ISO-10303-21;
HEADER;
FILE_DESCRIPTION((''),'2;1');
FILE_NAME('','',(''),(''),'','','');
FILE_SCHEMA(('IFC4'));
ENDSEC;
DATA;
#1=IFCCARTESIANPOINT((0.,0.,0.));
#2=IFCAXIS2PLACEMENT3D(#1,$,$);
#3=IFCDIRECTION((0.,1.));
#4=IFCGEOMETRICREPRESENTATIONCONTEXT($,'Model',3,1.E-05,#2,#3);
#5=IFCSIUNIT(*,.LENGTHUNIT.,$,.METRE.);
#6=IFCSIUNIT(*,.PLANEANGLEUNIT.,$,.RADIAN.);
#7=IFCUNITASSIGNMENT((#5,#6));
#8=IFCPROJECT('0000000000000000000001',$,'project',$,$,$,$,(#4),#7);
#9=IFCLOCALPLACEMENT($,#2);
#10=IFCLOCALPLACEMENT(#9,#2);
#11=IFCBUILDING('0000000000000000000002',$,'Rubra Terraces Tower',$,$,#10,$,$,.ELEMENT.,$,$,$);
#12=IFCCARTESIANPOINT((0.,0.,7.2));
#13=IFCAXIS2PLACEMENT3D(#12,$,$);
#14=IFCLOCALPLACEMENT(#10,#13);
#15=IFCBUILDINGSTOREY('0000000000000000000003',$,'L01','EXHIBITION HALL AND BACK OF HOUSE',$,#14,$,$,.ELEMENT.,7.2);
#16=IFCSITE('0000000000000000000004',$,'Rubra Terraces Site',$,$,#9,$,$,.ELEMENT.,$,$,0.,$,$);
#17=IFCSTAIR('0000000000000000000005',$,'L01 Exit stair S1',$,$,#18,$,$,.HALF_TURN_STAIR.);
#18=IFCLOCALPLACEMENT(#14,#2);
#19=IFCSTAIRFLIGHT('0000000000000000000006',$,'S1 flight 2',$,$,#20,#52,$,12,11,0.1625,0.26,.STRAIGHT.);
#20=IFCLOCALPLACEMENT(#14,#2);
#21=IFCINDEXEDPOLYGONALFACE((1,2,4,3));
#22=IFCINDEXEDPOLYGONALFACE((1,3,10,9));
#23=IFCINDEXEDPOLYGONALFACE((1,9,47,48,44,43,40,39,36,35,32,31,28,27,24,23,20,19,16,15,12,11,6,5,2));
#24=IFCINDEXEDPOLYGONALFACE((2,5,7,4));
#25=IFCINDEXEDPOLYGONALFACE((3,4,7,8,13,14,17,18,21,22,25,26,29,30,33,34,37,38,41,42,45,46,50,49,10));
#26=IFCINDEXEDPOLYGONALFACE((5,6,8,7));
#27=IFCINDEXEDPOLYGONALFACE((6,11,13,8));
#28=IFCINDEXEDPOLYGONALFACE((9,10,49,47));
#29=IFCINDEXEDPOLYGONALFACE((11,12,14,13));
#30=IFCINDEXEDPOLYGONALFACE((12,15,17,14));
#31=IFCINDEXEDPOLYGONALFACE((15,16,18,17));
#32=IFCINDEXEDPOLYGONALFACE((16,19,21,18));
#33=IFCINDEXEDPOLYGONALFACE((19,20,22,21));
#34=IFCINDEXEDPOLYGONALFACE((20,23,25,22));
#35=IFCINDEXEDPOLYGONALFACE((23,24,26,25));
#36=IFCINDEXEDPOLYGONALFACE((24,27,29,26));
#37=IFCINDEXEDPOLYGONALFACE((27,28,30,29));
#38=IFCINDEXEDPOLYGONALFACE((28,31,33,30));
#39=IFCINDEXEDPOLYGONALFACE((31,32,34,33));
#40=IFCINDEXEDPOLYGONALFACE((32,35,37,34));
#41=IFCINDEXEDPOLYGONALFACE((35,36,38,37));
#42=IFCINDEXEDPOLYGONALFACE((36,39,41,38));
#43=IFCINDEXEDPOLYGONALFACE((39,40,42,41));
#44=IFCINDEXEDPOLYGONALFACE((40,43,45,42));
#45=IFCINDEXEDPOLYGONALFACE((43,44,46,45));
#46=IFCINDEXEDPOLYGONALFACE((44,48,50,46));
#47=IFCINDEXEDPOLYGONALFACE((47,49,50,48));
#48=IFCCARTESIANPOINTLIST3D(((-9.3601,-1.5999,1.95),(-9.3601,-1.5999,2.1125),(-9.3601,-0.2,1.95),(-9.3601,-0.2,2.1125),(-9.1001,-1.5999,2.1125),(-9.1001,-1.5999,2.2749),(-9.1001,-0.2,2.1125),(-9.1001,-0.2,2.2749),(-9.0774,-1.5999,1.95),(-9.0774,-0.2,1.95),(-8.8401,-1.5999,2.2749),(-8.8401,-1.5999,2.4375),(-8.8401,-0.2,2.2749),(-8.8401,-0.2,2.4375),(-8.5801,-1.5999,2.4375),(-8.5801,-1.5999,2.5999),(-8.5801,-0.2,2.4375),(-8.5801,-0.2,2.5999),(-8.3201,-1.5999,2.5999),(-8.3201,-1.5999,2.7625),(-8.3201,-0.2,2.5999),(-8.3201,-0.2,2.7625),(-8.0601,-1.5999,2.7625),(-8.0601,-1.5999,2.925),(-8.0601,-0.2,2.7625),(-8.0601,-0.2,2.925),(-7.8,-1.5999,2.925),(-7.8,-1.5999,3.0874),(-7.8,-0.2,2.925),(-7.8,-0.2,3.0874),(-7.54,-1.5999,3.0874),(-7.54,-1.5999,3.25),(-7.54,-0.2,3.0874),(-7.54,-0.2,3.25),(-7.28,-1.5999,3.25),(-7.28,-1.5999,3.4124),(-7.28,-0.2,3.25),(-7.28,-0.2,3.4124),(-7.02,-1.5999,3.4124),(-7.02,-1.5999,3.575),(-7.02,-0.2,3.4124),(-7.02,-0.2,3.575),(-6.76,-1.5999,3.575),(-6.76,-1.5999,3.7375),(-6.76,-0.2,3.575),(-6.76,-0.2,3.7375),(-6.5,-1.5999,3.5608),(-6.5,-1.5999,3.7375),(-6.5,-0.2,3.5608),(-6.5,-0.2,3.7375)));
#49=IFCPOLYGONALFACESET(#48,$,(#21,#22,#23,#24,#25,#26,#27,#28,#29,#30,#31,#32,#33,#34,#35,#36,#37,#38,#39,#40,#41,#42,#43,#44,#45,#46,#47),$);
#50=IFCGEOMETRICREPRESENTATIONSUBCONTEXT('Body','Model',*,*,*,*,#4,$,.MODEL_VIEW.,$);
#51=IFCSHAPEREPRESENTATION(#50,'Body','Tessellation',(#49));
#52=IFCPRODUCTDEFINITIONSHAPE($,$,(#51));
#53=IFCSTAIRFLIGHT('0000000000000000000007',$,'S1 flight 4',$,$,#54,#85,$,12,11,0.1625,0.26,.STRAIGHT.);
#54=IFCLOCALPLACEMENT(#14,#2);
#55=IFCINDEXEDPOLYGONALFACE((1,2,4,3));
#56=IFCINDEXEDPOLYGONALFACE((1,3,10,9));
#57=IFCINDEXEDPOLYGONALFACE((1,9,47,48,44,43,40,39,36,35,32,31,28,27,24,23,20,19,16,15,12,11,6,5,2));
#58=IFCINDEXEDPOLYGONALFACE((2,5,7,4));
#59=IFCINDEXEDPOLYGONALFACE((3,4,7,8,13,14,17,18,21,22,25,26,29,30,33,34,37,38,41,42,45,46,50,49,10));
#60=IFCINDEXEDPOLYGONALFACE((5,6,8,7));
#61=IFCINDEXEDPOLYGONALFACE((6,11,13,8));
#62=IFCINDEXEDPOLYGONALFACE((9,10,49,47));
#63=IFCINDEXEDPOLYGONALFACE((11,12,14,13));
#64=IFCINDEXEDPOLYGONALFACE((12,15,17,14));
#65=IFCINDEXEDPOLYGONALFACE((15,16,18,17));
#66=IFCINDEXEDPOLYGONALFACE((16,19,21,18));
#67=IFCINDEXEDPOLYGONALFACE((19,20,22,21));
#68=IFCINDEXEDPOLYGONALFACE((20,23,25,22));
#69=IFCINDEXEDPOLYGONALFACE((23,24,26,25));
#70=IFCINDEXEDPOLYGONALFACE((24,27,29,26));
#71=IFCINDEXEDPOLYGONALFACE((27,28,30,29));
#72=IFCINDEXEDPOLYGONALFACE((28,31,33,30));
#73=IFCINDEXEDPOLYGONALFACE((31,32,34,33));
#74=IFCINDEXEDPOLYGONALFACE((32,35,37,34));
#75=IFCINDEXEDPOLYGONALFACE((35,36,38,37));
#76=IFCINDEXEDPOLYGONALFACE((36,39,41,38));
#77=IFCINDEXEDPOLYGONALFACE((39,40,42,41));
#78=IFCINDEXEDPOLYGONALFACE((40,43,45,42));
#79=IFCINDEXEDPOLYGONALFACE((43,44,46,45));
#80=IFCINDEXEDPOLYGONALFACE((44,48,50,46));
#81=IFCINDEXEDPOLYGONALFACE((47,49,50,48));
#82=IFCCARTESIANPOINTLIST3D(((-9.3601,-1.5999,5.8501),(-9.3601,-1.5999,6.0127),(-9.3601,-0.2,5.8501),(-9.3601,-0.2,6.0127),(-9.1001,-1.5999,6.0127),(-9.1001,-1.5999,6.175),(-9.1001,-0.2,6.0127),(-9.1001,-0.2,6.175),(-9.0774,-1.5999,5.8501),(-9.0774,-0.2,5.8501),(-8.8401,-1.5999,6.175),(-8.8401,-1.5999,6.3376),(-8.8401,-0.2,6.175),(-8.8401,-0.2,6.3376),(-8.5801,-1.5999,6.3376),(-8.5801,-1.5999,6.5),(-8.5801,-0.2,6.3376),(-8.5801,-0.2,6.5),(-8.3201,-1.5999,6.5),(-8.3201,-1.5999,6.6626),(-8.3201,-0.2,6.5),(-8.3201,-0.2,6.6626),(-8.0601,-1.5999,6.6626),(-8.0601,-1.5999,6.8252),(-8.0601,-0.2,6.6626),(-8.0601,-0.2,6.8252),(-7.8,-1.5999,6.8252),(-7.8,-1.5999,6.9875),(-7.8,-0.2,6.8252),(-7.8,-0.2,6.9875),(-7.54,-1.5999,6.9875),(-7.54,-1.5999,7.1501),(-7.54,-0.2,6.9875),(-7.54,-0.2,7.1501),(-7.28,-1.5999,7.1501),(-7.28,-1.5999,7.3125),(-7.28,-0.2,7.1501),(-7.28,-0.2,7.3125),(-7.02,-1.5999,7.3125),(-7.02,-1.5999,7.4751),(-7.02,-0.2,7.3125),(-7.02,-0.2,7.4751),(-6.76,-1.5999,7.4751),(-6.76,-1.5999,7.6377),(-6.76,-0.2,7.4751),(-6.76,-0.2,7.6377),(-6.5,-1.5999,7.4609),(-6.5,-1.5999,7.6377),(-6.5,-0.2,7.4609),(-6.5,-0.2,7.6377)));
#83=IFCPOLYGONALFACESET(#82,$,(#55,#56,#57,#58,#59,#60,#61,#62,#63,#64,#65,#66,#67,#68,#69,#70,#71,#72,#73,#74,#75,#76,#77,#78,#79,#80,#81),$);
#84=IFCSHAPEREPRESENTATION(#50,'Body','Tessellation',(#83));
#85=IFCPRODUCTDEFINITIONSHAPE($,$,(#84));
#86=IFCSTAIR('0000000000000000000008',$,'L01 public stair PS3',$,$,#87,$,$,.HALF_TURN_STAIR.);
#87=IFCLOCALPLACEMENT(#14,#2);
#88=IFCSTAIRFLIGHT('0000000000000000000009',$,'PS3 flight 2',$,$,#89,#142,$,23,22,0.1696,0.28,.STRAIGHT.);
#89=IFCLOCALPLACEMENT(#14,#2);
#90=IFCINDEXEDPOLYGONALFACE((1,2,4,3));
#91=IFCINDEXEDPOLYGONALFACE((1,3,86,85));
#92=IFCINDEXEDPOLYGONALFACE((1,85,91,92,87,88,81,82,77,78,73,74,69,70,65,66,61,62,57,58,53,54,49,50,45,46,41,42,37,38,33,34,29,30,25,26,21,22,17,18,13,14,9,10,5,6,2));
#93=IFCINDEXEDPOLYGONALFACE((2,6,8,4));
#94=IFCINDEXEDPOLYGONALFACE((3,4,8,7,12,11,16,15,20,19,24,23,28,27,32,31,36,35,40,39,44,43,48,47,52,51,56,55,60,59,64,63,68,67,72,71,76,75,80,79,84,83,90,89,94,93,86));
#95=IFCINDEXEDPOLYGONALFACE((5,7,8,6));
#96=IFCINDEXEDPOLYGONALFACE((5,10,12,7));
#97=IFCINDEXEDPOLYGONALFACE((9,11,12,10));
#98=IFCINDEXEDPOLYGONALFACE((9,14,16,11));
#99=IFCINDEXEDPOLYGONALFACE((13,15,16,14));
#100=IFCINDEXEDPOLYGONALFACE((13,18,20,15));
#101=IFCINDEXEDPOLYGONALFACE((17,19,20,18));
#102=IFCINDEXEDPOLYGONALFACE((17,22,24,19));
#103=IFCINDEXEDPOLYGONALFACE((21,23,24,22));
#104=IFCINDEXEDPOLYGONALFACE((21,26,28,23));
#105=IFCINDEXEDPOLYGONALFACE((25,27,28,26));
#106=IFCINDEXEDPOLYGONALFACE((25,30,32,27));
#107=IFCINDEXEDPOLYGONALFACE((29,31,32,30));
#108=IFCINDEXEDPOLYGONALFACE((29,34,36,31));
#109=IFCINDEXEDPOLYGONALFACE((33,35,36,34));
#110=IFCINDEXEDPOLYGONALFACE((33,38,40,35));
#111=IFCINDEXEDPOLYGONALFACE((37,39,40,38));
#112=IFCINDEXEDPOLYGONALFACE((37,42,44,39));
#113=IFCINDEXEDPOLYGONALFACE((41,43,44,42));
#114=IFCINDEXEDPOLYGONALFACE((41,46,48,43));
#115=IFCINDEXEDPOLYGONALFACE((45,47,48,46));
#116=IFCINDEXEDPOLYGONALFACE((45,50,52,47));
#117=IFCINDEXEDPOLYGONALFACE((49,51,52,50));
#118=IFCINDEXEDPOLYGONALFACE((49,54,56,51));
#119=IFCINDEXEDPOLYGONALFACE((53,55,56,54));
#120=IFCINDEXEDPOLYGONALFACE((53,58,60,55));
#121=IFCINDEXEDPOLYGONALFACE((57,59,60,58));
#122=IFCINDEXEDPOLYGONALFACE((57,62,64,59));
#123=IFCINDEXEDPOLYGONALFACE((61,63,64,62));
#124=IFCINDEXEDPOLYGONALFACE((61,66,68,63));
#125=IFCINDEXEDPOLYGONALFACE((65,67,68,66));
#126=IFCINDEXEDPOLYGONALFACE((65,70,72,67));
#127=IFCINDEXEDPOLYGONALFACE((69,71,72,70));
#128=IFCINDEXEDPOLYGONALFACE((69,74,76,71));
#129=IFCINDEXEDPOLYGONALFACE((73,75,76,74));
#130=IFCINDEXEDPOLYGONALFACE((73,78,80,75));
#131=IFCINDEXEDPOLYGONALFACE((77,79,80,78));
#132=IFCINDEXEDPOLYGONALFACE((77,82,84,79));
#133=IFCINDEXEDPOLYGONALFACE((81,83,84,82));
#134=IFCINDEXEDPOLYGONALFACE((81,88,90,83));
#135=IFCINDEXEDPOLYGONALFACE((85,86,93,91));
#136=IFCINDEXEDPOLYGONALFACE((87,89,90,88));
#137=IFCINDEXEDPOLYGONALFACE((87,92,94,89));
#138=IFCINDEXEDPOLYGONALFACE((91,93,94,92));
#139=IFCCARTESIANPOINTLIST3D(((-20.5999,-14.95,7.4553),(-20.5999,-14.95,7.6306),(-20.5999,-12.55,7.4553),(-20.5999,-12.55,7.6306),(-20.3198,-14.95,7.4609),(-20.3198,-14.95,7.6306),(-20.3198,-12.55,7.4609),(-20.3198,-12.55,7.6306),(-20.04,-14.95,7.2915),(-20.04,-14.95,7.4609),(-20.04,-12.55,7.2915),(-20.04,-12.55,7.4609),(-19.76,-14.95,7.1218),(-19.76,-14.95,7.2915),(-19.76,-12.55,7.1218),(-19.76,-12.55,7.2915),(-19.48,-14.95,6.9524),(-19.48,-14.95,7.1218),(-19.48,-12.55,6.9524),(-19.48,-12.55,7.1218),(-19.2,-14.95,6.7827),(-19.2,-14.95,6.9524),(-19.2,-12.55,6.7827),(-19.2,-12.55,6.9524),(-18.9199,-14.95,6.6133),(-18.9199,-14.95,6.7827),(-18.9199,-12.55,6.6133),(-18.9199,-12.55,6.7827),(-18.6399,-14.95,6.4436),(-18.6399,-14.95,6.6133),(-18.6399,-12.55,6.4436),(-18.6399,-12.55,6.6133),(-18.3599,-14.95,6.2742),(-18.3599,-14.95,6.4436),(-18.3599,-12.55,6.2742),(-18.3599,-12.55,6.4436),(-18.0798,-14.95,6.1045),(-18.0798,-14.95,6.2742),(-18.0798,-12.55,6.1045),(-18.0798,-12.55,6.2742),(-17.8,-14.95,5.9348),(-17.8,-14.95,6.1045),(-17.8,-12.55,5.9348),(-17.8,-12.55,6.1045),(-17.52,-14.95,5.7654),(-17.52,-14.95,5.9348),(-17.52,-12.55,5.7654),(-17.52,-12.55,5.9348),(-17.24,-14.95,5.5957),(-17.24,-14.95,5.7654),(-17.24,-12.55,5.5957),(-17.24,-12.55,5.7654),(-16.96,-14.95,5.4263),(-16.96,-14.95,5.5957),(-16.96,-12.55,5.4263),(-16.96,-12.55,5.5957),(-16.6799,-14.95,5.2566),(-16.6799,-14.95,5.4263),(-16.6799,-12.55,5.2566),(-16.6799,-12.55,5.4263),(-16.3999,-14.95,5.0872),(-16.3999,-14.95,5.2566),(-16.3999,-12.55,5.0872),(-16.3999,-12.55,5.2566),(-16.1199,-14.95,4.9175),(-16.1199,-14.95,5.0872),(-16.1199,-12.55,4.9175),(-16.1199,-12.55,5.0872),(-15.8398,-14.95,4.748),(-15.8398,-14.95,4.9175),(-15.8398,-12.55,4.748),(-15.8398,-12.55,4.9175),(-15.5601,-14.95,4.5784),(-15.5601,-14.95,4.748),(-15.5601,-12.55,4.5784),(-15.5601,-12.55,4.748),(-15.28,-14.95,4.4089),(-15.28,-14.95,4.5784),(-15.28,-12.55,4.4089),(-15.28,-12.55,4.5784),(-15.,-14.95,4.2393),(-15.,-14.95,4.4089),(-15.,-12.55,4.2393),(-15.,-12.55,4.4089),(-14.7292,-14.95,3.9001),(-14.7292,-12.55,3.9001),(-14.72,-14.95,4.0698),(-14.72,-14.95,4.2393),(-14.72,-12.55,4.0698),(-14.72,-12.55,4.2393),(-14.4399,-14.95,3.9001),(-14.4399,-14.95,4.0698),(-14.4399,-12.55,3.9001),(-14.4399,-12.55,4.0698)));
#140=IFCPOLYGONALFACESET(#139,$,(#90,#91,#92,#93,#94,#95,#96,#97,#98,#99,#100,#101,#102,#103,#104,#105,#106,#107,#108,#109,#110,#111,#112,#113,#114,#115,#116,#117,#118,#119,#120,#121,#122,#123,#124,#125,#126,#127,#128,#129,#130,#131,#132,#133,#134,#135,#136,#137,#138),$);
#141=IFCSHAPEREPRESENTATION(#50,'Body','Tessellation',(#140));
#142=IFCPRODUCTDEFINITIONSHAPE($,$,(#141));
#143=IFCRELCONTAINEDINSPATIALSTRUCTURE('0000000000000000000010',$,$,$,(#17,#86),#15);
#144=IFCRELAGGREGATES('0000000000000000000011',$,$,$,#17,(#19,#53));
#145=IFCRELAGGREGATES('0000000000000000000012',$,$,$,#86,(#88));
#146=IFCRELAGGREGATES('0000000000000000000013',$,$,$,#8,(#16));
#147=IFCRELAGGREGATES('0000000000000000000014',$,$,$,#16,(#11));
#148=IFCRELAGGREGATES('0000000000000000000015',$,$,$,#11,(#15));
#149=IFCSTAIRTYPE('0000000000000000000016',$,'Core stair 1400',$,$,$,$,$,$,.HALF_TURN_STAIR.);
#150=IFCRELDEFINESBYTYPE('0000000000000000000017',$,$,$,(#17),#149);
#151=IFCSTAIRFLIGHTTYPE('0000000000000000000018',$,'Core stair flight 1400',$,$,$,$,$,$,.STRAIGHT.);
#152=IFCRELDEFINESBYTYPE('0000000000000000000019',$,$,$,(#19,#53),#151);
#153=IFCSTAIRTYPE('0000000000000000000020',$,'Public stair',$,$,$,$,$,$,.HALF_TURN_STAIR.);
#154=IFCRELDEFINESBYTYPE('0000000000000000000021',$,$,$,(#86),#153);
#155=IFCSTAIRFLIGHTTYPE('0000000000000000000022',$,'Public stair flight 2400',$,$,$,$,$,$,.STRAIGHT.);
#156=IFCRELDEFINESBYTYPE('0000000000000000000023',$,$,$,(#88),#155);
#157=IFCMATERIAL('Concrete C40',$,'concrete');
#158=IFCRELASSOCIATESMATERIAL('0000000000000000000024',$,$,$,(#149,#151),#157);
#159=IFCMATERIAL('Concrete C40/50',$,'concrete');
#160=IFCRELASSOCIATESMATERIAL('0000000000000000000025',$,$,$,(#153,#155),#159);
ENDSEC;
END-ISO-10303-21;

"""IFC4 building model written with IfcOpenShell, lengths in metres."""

from ifc_helpers import new_model, si_unit, direction, frame, origin, place, context, subcontext, project, spatial, polyline, outline, extrude, material, type_object, element, aggregate, save


model = new_model("IFC4")

# Units and contexts
model_context = context("Model", 3, precision=1e-05, world=origin(), true_north=direction((0.0, 1.0)))
body_context = subcontext(model_context, "Body", "Model", "MODEL_VIEW")
ifc_project = project(units=[si_unit("LENGTHUNIT", "METRE"), si_unit("PLANEANGLEUNIT", "RADIAN")], contexts=[model_context])

# Site, building, storey
site_placement = place(None, origin())
site = spatial("IfcSite", under=ifc_project, at=site_placement, Name="Rubra Terraces Site", CompositionType="ELEMENT", RefElevation=0.0)
building_placement = place(site_placement, origin())
building = spatial("IfcBuilding", under=site, at=building_placement, Name="Rubra Terraces Tower", CompositionType="ELEMENT")
storey_placement = place(building_placement, frame((0.0, 0.0, 7.2)))
storey = spatial("IfcBuildingStorey", under=building, at=storey_placement, Name="L01", Description="EXHIBITION HALL AND BACK OF HOUSE", CompositionType="ELEMENT", Elevation=7.2)

# Shared definitions
ifc_material_1 = material(Name="Concrete C40", Category="concrete")

# Shared definitions
ifc_material_2 = material(Name="Concrete C40/50", Category="concrete")

# Stair, stair flights
stair_type_1 = type_object("IfcStairType", Name="Core stair 1400", PredefinedType="HALF_TURN_STAIR", material=ifc_material_1)
stair_1_placement = place(storey_placement, origin())
stair_1 = element("IfcStair", 1, at=stair_1_placement, inside=storey, type_object=stair_type_1, Name="L01 Exit stair S1", PredefinedType="HALF_TURN_STAIR")
stair_flight_type_1 = type_object("IfcStairFlightType", Name="Core stair flight 1400", PredefinedType="STRAIGHT", material=ifc_material_1)
stair_flight_1_placement = place(storey_placement, frame((-9.3601, -0.8999, 1.95), z_axis=(0.0, 0.0, 1.0), x_axis=(1.0, 0.0, 0.0)))
stair_flight_1 = element("IfcStairFlight", 2, at=stair_flight_1_placement, type_object=stair_flight_type_1, Name="S1 flight 2", NumberOfRisers=12, NumberOfTreads=11, PredefinedType="STRAIGHT", RiserHeight=0.1625, TreadLength=0.26, context=body_context, shape_type="SweptSolid", body=[
    extrude(outline(polyline([(0.0, 0.0), (0.0, 0.1626), (0.26, 0.1626), (0.26, 0.325), (0.52, 0.325), (0.52, 0.4875), (0.78, 0.4875), (0.78, 0.6499), (1.04, 0.6499), (1.04, 0.8125), (1.3, 0.8125), (1.3, 0.9751), (1.5601, 0.9751), (1.5601, 1.1375), (1.8201, 1.1375), (1.8201, 1.3), (2.0801, 1.3), (2.0801, 1.4624), (2.3401, 1.4624), (2.3401, 1.625), (2.6001, 1.625), (2.6001, 1.7876), (2.8601, 1.7876), (2.8601, 1.95), (2.8601, 1.6108), (0.2827, 0.0), (0.0, 0.0)])), frame((0.0, 0.7, 0.0), z_axis=(0.0, -1.0, 0.0), x_axis=(1.0, 0.0, 0.0)), (0.0, 0.0, 1.0), 1.3999),
])
stair_flight_2_placement = place(storey_placement, frame((-9.3601, -0.8999, 5.8501), z_axis=(0.0, 0.0, 1.0), x_axis=(1.0, 0.0, 0.0)))
stair_flight_2 = element("IfcStairFlight", 3, at=stair_flight_2_placement, type_object=stair_flight_type_1, Name="S1 flight 4", NumberOfRisers=12, NumberOfTreads=11, PredefinedType="STRAIGHT", RiserHeight=0.1625, TreadLength=0.26, context=body_context, shape_type="SweptSolid", body=[
    extrude(outline(polyline([(0.0, 0.0), (0.0, 0.1626), (0.26, 0.1626), (0.26, 0.325), (0.52, 0.325), (0.52, 0.4875), (0.78, 0.4875), (0.78, 0.6499), (1.04, 0.6499), (1.04, 0.8125), (1.3, 0.8125), (1.3, 0.9751), (1.5601, 0.9751), (1.5601, 1.1375), (1.8201, 1.1375), (1.8201, 1.3), (2.0801, 1.3), (2.0801, 1.4624), (2.3401, 1.4624), (2.3401, 1.625), (2.6001, 1.625), (2.6001, 1.7876), (2.8601, 1.7876), (2.8601, 1.95), (2.8601, 1.6108), (0.2827, 0.0), (0.0, 0.0)])), frame((0.0, 0.7, 0.0), z_axis=(0.0, -1.0, 0.0), x_axis=(1.0, 0.0, 0.0)), (0.0, 0.0, 1.0), 1.3999),
])
aggregate(stair_1, [stair_flight_1, stair_flight_2])

# Stair, stair flight
stair_type_2 = type_object("IfcStairType", Name="Public stair", PredefinedType="HALF_TURN_STAIR", material=ifc_material_2)
stair_2_placement = place(storey_placement, origin())
stair_2 = element("IfcStair", 4, at=stair_2_placement, inside=storey, type_object=stair_type_2, Name="L01 public stair PS3", PredefinedType="HALF_TURN_STAIR")
stair_flight_type_2 = type_object("IfcStairFlightType", Name="Public stair flight 2400", PredefinedType="STRAIGHT", material=ifc_material_2)
stair_flight_3_placement = place(storey_placement, frame((-14.4399, -13.75, 3.9001), z_axis=(0.0, 0.0, 1.0), x_axis=(-1.0, 0.0, 0.0)))
stair_flight_3 = element("IfcStairFlight", 5, at=stair_flight_3_placement, type_object=stair_flight_type_2, Name="PS3 flight 2", NumberOfRisers=23, NumberOfTreads=22, PredefinedType="STRAIGHT", RiserHeight=0.1696, TreadLength=0.28, context=body_context, shape_type="SweptSolid", body=[
    extrude(outline(polyline([(0.0, 0.0), (0.0, 0.1697), (0.28, 0.1697), (0.28, 0.3391), (0.5601, 0.3391), (0.5601, 0.5088), (0.8401, 0.5088), (0.8401, 0.6782), (1.1201, 0.6782), (1.1201, 0.8479), (1.3999, 0.8479), (1.3999, 1.0173), (1.6799, 1.0173), (1.6799, 1.187), (1.96, 1.187), (1.96, 1.3564), (2.24, 1.3564), (2.24, 1.5261), (2.52, 1.5261), (2.52, 1.6956), (2.8, 1.6956), (2.8, 1.8652), (3.0801, 1.8652), (3.0801, 2.0347), (3.3601, 2.0347), (3.3601, 2.2043), (3.6399, 2.2043), (3.6399, 2.374), (3.9199, 2.374), (3.9199, 2.5435), (4.2, 2.5435), (4.2, 2.7131), (4.48, 2.7131), (4.48, 2.8826), (4.76, 2.8826), (4.76, 3.0522), (5.04, 3.0522), (5.04, 3.2217), (5.3201, 3.2217), (5.3201, 3.3914), (5.6001, 3.3914), (5.6001, 3.5608), (5.8799, 3.5608), (5.8799, 3.7305), (6.1599, 3.7305), (6.1599, 3.8999), (6.1599, 3.5552), (0.2893, 0.0), (0.0, 0.0)])), frame((0.0, 1.2, 0.0), z_axis=(0.0, -1.0, 0.0), x_axis=(1.0, 0.0, 0.0)), (0.0, 0.0, 1.0), 2.3999),
])
aggregate(stair_2, [stair_flight_3])

save(model, "model.ifc")
